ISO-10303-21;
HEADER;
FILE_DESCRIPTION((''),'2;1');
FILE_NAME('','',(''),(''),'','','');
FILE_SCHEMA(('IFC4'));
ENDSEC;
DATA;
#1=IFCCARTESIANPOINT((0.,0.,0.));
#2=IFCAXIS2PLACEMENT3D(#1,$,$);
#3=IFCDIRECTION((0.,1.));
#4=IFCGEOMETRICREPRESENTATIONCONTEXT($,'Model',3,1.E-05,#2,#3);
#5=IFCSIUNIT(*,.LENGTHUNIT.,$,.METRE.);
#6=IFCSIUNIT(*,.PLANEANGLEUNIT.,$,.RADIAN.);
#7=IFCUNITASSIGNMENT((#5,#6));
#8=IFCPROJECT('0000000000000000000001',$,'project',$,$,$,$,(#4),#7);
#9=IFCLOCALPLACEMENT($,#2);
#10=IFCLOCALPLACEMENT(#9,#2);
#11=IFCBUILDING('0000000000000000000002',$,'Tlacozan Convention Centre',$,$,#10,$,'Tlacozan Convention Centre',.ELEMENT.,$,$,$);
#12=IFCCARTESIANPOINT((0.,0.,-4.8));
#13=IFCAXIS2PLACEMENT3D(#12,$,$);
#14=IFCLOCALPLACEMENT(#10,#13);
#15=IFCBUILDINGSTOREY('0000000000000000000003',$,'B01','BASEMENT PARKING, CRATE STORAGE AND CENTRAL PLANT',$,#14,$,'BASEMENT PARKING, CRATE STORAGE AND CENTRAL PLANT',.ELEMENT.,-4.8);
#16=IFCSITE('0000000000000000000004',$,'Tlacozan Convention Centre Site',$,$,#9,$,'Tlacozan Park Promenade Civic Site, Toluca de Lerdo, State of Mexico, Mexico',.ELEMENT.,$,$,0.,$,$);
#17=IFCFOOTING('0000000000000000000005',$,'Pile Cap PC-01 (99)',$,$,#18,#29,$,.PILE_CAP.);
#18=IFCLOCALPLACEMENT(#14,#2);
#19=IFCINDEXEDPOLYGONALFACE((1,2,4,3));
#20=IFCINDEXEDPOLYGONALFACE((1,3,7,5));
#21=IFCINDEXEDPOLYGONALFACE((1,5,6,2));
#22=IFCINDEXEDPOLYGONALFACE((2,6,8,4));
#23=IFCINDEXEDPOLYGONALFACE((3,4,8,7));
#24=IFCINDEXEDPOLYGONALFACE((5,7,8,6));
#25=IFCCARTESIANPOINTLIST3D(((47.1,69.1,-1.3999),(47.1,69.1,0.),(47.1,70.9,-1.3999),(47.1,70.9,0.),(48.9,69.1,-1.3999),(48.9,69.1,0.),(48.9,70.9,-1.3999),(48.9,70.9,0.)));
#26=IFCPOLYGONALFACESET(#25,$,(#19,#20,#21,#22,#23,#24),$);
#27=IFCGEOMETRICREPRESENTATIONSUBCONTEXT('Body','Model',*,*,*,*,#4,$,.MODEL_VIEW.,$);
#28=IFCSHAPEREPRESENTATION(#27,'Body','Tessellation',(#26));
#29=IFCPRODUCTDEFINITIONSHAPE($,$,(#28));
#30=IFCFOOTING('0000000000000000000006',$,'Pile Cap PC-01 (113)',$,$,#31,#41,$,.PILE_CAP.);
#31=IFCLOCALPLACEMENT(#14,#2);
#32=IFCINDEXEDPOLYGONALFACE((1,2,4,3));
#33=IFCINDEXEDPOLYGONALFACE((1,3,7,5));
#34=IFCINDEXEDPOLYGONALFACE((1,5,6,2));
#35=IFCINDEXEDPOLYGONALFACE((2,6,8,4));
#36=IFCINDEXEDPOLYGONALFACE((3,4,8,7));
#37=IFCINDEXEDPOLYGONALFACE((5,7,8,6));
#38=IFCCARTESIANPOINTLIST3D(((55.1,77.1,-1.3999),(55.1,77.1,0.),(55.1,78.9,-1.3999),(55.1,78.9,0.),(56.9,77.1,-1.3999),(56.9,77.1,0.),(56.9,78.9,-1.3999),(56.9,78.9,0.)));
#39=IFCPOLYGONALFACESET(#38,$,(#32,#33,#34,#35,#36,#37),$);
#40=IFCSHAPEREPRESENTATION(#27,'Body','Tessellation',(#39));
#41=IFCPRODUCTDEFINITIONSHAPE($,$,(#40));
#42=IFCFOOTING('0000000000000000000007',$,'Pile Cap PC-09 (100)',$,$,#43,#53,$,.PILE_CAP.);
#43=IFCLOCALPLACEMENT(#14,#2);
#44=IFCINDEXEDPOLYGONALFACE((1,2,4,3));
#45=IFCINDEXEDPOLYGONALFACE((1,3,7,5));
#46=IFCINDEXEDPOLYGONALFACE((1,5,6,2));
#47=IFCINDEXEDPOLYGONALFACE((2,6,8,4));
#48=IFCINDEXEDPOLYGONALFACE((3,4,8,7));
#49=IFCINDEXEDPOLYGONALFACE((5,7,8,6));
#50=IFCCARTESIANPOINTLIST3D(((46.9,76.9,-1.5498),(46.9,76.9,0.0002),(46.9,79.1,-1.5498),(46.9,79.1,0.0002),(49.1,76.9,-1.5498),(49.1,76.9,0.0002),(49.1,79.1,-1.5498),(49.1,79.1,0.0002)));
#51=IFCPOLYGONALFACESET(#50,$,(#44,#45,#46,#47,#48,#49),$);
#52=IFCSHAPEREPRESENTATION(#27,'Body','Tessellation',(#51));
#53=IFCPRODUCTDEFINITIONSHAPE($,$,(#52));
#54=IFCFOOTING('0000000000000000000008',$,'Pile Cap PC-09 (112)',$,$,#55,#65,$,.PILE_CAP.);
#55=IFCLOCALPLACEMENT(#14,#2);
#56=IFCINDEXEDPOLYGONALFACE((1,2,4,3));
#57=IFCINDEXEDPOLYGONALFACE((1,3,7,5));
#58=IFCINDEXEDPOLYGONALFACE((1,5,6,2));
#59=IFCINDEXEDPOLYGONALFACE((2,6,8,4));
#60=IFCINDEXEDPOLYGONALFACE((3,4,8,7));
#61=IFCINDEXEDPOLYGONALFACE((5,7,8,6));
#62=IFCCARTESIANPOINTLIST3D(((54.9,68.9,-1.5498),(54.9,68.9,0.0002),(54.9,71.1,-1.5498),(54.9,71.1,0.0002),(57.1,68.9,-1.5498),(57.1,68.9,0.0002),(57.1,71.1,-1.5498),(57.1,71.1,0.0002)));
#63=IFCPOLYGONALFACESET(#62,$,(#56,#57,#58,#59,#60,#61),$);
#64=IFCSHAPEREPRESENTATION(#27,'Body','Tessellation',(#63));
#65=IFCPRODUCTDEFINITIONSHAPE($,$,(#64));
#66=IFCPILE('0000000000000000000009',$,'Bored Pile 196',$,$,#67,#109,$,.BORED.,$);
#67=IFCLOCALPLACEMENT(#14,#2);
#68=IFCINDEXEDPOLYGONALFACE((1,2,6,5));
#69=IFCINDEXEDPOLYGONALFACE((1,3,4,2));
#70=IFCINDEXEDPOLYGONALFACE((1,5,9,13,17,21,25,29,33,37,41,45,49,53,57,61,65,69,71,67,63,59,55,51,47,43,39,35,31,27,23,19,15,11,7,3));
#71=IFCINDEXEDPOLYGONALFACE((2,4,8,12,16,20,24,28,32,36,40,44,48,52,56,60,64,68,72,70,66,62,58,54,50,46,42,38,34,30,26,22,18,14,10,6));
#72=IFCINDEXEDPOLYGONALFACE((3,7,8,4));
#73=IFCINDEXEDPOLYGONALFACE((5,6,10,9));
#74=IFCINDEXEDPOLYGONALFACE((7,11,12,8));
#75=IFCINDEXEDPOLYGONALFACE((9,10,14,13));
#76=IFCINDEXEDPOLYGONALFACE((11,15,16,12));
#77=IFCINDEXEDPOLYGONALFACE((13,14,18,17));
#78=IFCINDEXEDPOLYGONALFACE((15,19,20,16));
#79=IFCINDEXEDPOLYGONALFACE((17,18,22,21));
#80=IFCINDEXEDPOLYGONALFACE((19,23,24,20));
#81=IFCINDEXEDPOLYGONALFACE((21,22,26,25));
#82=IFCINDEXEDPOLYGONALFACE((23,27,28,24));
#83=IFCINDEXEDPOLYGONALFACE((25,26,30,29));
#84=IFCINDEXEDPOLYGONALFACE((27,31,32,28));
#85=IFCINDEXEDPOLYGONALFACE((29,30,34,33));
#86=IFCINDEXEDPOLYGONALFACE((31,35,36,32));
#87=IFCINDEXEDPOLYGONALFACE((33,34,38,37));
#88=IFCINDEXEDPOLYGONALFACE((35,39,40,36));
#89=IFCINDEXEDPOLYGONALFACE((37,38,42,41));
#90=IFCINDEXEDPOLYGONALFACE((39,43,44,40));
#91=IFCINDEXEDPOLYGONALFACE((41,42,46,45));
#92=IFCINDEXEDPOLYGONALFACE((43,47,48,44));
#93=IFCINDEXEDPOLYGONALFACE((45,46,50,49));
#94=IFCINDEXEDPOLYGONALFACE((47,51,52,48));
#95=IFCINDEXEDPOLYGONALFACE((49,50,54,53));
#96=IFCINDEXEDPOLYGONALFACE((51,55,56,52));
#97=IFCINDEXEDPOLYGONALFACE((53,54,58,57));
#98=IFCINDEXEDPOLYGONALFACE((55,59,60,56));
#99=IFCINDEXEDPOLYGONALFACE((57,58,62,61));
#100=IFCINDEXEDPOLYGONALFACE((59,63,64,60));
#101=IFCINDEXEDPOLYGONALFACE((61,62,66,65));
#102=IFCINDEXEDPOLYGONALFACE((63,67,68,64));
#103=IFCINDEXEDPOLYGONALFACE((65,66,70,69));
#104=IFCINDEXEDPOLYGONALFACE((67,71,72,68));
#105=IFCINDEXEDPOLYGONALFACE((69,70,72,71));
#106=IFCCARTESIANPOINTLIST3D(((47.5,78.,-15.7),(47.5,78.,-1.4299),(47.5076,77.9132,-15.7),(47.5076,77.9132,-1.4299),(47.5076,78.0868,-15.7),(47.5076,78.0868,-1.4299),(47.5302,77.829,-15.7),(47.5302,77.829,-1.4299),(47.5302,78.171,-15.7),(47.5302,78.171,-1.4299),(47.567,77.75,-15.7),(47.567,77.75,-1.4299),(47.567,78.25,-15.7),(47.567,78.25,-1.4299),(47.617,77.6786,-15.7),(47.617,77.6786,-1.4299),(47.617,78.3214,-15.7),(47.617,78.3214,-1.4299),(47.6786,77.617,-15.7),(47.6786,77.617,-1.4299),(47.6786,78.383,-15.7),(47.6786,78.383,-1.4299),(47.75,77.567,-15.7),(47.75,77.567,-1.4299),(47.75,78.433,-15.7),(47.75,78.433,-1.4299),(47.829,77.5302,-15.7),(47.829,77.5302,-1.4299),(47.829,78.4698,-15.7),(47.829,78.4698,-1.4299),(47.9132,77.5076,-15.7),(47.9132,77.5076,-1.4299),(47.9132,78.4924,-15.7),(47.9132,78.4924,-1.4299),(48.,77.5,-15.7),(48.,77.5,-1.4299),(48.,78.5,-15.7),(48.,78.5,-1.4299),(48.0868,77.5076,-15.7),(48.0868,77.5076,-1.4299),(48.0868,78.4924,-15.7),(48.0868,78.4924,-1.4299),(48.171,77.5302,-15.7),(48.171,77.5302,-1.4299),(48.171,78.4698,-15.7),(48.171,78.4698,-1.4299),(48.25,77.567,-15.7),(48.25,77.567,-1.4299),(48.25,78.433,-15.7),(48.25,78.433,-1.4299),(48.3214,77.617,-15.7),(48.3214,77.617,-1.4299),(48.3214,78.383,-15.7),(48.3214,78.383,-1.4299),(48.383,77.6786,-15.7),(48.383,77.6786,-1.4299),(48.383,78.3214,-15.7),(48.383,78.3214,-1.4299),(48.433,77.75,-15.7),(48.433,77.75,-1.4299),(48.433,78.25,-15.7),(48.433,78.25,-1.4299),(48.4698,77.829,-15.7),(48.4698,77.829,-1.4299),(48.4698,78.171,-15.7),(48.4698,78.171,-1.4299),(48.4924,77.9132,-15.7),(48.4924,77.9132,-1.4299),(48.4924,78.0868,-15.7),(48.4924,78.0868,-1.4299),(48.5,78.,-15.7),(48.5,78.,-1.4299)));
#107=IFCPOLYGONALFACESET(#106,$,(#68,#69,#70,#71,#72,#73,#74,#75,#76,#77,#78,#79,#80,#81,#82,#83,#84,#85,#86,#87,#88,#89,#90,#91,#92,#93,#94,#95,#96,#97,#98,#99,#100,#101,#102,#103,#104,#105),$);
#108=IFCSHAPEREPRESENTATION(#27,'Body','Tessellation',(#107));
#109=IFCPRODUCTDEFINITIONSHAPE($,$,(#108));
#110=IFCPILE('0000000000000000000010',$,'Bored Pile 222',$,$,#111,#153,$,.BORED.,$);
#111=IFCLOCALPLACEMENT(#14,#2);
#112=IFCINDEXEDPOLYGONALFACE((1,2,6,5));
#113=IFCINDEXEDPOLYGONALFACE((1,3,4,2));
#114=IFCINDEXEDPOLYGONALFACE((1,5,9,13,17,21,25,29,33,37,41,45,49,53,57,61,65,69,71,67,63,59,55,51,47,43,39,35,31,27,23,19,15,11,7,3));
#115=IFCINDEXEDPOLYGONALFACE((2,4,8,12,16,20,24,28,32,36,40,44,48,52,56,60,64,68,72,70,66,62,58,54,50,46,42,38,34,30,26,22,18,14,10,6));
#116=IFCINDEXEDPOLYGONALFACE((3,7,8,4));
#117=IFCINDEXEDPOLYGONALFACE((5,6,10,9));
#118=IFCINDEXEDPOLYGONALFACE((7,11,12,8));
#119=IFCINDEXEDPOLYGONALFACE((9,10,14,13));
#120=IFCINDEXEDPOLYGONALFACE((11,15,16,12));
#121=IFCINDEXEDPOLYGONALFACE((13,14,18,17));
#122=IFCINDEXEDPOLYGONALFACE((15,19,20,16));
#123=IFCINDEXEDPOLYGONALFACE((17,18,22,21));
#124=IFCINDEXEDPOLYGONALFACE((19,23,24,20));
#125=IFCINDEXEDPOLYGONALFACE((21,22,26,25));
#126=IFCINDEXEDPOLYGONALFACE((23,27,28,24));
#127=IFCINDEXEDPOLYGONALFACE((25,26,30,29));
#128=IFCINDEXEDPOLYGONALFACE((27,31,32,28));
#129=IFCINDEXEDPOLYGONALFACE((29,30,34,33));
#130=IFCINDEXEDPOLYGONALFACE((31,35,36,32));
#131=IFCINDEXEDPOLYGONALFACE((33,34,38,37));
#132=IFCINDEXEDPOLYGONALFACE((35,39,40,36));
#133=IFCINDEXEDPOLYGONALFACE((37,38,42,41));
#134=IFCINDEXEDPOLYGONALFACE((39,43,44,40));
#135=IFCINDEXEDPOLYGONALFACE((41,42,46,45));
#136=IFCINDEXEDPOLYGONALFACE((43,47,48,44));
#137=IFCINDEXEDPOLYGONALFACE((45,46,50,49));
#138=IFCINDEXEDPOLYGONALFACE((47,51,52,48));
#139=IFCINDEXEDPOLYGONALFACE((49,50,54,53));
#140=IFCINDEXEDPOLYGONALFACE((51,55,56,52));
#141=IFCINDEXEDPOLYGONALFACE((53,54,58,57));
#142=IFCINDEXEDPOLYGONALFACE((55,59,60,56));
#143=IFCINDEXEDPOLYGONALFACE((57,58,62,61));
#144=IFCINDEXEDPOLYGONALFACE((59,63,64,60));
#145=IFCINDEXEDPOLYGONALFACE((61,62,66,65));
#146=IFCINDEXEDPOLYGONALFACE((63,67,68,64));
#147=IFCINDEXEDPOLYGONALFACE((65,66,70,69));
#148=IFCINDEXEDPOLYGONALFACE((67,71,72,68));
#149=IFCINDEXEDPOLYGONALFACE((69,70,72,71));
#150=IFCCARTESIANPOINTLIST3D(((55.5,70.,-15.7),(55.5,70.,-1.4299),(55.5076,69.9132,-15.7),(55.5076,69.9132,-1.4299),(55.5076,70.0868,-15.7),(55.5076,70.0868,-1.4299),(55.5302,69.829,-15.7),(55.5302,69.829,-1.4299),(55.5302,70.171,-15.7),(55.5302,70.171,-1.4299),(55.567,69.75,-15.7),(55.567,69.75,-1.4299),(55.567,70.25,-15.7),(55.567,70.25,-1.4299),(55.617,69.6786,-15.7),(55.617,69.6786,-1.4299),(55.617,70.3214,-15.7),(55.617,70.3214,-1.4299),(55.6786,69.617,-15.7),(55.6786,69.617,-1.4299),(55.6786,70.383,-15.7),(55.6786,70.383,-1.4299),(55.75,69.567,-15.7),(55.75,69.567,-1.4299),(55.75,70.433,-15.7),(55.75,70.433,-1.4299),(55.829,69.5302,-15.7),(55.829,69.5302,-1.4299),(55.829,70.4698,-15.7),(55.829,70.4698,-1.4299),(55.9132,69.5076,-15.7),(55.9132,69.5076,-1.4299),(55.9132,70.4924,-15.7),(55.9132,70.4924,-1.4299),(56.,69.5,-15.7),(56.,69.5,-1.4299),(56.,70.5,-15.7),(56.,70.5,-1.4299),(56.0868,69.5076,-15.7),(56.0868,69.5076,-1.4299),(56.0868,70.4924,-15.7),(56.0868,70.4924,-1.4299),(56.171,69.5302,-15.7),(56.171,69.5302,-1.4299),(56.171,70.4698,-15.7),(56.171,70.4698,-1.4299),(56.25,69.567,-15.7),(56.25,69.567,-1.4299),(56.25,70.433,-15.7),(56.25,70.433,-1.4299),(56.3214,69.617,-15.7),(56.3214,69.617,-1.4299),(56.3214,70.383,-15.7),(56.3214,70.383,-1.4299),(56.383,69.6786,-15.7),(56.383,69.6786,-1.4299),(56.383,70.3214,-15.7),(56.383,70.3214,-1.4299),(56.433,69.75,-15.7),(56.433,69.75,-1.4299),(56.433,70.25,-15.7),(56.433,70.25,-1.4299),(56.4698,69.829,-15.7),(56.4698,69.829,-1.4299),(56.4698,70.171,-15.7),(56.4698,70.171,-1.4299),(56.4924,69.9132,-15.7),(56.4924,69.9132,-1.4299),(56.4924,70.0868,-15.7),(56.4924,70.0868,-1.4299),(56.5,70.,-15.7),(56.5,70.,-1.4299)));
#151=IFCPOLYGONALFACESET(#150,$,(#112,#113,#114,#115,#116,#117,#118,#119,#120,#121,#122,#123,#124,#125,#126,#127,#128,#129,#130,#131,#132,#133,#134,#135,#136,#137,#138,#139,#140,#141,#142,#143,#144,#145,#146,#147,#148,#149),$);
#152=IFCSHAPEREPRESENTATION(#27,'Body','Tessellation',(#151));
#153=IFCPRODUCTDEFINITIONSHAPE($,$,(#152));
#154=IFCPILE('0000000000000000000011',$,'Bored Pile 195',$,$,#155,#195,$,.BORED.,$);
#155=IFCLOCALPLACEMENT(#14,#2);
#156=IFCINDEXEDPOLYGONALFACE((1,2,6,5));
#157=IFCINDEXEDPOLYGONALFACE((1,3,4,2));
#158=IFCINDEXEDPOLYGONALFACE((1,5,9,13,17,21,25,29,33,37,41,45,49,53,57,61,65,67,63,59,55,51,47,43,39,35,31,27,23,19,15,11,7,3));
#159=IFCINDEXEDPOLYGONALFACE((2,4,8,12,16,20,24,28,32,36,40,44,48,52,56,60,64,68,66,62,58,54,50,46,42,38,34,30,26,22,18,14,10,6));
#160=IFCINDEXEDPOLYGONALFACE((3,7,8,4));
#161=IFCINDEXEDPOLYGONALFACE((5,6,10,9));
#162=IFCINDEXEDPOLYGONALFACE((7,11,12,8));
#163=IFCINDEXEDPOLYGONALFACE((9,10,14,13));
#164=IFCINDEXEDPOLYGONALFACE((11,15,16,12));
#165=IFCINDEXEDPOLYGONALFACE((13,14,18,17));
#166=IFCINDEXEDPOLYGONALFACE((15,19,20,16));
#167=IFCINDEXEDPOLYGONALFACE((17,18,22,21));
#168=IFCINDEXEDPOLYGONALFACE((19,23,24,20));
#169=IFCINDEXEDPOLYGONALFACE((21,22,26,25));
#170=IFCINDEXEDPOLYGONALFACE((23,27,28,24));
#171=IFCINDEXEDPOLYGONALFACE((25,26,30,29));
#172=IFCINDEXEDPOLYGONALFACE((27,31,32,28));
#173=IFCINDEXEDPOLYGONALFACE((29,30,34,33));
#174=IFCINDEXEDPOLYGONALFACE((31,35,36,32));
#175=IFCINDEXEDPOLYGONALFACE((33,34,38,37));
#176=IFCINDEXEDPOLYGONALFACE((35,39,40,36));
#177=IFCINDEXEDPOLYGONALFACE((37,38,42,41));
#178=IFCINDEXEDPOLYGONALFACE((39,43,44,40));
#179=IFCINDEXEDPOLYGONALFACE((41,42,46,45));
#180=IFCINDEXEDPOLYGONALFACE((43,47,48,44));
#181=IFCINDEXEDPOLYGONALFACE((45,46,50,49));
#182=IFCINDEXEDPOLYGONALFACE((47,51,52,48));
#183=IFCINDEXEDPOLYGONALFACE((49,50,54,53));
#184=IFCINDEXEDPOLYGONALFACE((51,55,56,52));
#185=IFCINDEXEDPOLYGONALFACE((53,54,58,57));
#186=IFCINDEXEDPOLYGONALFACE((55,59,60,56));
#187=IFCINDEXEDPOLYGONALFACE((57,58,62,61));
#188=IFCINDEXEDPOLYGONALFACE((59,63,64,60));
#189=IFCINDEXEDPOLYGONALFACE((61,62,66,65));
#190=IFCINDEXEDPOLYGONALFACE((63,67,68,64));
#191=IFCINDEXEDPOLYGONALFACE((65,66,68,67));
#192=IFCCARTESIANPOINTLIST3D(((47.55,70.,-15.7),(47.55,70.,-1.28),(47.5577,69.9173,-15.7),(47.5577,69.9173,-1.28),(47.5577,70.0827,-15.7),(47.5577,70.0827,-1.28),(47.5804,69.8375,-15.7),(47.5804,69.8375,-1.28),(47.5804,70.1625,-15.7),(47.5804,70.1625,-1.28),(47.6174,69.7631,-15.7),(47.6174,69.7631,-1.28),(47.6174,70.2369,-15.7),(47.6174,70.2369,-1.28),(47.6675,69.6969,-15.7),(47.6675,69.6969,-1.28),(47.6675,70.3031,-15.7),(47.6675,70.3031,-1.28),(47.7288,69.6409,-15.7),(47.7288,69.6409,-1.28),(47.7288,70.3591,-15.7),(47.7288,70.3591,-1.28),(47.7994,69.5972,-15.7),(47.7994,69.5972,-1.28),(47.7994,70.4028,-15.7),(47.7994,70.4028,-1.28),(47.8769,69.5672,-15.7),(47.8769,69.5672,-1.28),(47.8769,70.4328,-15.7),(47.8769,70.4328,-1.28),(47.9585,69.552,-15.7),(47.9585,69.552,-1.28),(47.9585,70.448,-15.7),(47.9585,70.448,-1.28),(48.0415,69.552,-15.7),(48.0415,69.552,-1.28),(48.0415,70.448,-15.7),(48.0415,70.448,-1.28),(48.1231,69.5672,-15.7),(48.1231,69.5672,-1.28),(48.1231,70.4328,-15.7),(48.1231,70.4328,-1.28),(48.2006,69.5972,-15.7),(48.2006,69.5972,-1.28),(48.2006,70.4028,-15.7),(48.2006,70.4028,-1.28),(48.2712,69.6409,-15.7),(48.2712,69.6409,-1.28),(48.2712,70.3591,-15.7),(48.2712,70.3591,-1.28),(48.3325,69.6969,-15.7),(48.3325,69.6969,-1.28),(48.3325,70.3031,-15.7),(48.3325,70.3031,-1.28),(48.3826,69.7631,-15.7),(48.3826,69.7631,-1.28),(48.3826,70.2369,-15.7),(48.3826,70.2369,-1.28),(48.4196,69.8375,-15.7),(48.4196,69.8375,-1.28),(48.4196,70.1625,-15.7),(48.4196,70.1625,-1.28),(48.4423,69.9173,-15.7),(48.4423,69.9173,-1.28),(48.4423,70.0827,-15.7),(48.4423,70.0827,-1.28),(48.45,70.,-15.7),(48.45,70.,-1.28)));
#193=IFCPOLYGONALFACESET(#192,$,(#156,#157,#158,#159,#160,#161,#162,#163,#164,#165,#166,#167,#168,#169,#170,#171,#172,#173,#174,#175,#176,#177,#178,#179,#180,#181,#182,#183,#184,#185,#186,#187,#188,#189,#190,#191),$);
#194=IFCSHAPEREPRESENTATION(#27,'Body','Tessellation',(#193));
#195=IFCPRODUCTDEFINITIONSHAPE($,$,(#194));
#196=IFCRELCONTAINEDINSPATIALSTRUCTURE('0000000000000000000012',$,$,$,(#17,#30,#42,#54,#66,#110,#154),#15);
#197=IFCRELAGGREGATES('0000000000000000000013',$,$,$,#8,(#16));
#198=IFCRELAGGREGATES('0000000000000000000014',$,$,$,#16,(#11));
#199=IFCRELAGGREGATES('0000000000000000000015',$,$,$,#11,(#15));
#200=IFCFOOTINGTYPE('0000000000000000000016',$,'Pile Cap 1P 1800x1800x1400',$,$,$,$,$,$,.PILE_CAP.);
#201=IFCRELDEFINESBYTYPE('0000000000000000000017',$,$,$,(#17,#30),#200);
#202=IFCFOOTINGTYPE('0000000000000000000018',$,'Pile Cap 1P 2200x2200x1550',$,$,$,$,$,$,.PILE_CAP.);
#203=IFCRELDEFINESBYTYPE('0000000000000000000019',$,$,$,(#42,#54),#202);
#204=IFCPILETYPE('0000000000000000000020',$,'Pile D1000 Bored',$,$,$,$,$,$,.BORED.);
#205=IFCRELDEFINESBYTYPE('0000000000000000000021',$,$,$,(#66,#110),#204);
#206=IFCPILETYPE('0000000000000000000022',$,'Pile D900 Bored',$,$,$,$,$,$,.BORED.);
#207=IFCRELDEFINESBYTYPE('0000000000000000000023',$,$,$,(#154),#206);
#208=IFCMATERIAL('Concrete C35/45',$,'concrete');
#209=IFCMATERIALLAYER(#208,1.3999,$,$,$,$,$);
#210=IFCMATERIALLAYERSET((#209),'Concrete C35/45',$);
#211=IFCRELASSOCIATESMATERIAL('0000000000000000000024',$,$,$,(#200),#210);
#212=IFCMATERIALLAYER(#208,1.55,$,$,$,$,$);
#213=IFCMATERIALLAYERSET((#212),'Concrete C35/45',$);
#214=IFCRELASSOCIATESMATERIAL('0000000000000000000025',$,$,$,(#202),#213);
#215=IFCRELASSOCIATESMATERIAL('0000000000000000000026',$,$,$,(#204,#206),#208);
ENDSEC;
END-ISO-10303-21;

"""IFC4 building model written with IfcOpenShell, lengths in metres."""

from ifc_helpers import new_model, si_unit, direction, frame, origin, origin_2d, place, context, subcontext, project, spatial, rectangle, circle, extrude, material, layer, layer_set, material_profile, profile_set, type_object, element, save


model = new_model("IFC4")

# Units and contexts
model_context = context("Model", 3, precision=1e-05, world=origin(), true_north=direction((0.0, 1.0)))
body_context = subcontext(model_context, "Body", "Model", "MODEL_VIEW")
ifc_project = project(units=[si_unit("LENGTHUNIT", "METRE"), si_unit("PLANEANGLEUNIT", "RADIAN")], contexts=[model_context])

# Site, building, storey
site_placement = place(None, origin())
site = spatial("IfcSite", under=ifc_project, at=site_placement, Name="Tlacozan Convention Centre Site", LongName="Tlacozan Park Promenade Civic Site, Toluca de Lerdo, State of Mexico, Mexico", CompositionType="ELEMENT", RefElevation=0.0)
building_placement = place(site_placement, origin())
building = spatial("IfcBuilding", under=site, at=building_placement, Name="Tlacozan Convention Centre", LongName="Tlacozan Convention Centre", CompositionType="ELEMENT")
storey_placement = place(building_placement, frame((0.0, 0.0, -4.8)))
storey = spatial("IfcBuildingStorey", under=building, at=storey_placement, Name="B01", Description="BASEMENT PARKING, CRATE STORAGE AND CENTRAL PLANT", LongName="BASEMENT PARKING, CRATE STORAGE AND CENTRAL PLANT", CompositionType="ELEMENT", Elevation=-4.8)

# Footings
ifc_material_1 = material(Name="Concrete C35/45", Category="concrete")
ifc_layer_1 = layer(ifc_material_1, 1.3999)
ifc_layer_set_1 = layer_set([ifc_layer_1], Name="Concrete C35/45")
footing_type_1 = type_object("IfcFootingType", Name="Pile Cap 1P 1800x1800x1400", PredefinedType="PILE_CAP", material=ifc_layer_set_1)
for number, where, z_axis, x_axis, name in (
    (1, (48.0, 70.0, -1.3999), (0.0, 0.0, 1.0), (1.0, 0.0, 0.0), "Pile Cap PC-01 (99)"),
    (2, (56.0, 78.0, -1.3999), (0.0, 0.0, 1.0), (1.0, 0.0, 0.0), "Pile Cap PC-01 (113)"),
):
    element("IfcFooting", number, at=place(storey_placement, frame(where, z_axis=z_axis, x_axis=x_axis)), inside=storey, type_object=footing_type_1, Name=name, PredefinedType="PILE_CAP", context=body_context, shape_type="SweptSolid", body=[
        extrude(rectangle(XDim=1.8, YDim=1.8, at=origin_2d()), origin(), (0.0, 0.0, 1.0), 1.3999),
    ])
ifc_layer_2 = layer(ifc_material_1, 1.55)
ifc_layer_set_2 = layer_set([ifc_layer_2], Name="Concrete C35/45")
footing_type_2 = type_object("IfcFootingType", Name="Pile Cap 1P 2200x2200x1550", PredefinedType="PILE_CAP", material=ifc_layer_set_2)
for number, where, z_axis, x_axis, name in (
    (3, (48.0, 78.0, -1.5498), (0.0, 0.0, 1.0), (1.0, 0.0, 0.0), "Pile Cap PC-09 (100)"),
    (4, (56.0, 70.0, -1.5498), (0.0, 0.0, 1.0), (1.0, 0.0, 0.0), "Pile Cap PC-09 (112)"),
):
    element("IfcFooting", number, at=place(storey_placement, frame(where, z_axis=z_axis, x_axis=x_axis)), inside=storey, type_object=footing_type_2, Name=name, PredefinedType="PILE_CAP", context=body_context, shape_type="SweptSolid", body=[
        extrude(rectangle(XDim=2.2, YDim=2.2, at=origin_2d()), origin(), (0.0, 0.0, 1.0), 1.55),
    ])

# Piles
ifc_material_profile_1 = material_profile(ifc_material_1, circle(Radius=0.5, at=origin_2d()), Name="PILE D1000")
ifc_profile_set_1 = profile_set([ifc_material_profile_1], Name="Concrete C35/45")
pile_type_1 = type_object("IfcPileType", Name="Pile D1000 Bored", PredefinedType="BORED", material=ifc_profile_set_1)
for number, where, z_axis, x_axis, name in (
    (5, (48.0, 78.0, -1.4299), (0.0, 0.0, -1.0), (1.0, 0.0, 0.0), "Bored Pile 196"),
    (6, (56.0, 70.0, -1.4299), (0.0, 0.0, -1.0), (1.0, 0.0, 0.0), "Bored Pile 222"),
):
    element("IfcPile", number, at=place(storey_placement, frame(where, z_axis=z_axis, x_axis=x_axis)), inside=storey, type_object=pile_type_1, Name=name, PredefinedType="BORED", context=body_context, shape_type="SweptSolid", body=[
        extrude(circle(Radius=0.5, at=origin_2d()), origin(), (0.0, 0.0, 1.0), 14.27),
    ])
ifc_material_profile_2 = material_profile(ifc_material_1, circle(Radius=0.45, at=origin_2d()), Name="PILE D900")
ifc_profile_set_2 = profile_set([ifc_material_profile_2], Name="Concrete C35/45")
pile_type_2 = type_object("IfcPileType", Name="Pile D900 Bored", PredefinedType="BORED", material=ifc_profile_set_2)
for number, where, z_axis, x_axis, name in (
    (7, (48.0, 70.0, -1.28), (0.0, 0.0, -1.0), (1.0, 0.0, 0.0), "Bored Pile 195"),
):
    element("IfcPile", number, at=place(storey_placement, frame(where, z_axis=z_axis, x_axis=x_axis)), inside=storey, type_object=pile_type_2, Name=name, PredefinedType="BORED", context=body_context, shape_type="SweptSolid", body=[
        extrude(circle(Radius=0.45, at=origin_2d()), origin(), (0.0, 0.0, 1.0), 14.4199),
    ])

save(model, "model.ifc")
